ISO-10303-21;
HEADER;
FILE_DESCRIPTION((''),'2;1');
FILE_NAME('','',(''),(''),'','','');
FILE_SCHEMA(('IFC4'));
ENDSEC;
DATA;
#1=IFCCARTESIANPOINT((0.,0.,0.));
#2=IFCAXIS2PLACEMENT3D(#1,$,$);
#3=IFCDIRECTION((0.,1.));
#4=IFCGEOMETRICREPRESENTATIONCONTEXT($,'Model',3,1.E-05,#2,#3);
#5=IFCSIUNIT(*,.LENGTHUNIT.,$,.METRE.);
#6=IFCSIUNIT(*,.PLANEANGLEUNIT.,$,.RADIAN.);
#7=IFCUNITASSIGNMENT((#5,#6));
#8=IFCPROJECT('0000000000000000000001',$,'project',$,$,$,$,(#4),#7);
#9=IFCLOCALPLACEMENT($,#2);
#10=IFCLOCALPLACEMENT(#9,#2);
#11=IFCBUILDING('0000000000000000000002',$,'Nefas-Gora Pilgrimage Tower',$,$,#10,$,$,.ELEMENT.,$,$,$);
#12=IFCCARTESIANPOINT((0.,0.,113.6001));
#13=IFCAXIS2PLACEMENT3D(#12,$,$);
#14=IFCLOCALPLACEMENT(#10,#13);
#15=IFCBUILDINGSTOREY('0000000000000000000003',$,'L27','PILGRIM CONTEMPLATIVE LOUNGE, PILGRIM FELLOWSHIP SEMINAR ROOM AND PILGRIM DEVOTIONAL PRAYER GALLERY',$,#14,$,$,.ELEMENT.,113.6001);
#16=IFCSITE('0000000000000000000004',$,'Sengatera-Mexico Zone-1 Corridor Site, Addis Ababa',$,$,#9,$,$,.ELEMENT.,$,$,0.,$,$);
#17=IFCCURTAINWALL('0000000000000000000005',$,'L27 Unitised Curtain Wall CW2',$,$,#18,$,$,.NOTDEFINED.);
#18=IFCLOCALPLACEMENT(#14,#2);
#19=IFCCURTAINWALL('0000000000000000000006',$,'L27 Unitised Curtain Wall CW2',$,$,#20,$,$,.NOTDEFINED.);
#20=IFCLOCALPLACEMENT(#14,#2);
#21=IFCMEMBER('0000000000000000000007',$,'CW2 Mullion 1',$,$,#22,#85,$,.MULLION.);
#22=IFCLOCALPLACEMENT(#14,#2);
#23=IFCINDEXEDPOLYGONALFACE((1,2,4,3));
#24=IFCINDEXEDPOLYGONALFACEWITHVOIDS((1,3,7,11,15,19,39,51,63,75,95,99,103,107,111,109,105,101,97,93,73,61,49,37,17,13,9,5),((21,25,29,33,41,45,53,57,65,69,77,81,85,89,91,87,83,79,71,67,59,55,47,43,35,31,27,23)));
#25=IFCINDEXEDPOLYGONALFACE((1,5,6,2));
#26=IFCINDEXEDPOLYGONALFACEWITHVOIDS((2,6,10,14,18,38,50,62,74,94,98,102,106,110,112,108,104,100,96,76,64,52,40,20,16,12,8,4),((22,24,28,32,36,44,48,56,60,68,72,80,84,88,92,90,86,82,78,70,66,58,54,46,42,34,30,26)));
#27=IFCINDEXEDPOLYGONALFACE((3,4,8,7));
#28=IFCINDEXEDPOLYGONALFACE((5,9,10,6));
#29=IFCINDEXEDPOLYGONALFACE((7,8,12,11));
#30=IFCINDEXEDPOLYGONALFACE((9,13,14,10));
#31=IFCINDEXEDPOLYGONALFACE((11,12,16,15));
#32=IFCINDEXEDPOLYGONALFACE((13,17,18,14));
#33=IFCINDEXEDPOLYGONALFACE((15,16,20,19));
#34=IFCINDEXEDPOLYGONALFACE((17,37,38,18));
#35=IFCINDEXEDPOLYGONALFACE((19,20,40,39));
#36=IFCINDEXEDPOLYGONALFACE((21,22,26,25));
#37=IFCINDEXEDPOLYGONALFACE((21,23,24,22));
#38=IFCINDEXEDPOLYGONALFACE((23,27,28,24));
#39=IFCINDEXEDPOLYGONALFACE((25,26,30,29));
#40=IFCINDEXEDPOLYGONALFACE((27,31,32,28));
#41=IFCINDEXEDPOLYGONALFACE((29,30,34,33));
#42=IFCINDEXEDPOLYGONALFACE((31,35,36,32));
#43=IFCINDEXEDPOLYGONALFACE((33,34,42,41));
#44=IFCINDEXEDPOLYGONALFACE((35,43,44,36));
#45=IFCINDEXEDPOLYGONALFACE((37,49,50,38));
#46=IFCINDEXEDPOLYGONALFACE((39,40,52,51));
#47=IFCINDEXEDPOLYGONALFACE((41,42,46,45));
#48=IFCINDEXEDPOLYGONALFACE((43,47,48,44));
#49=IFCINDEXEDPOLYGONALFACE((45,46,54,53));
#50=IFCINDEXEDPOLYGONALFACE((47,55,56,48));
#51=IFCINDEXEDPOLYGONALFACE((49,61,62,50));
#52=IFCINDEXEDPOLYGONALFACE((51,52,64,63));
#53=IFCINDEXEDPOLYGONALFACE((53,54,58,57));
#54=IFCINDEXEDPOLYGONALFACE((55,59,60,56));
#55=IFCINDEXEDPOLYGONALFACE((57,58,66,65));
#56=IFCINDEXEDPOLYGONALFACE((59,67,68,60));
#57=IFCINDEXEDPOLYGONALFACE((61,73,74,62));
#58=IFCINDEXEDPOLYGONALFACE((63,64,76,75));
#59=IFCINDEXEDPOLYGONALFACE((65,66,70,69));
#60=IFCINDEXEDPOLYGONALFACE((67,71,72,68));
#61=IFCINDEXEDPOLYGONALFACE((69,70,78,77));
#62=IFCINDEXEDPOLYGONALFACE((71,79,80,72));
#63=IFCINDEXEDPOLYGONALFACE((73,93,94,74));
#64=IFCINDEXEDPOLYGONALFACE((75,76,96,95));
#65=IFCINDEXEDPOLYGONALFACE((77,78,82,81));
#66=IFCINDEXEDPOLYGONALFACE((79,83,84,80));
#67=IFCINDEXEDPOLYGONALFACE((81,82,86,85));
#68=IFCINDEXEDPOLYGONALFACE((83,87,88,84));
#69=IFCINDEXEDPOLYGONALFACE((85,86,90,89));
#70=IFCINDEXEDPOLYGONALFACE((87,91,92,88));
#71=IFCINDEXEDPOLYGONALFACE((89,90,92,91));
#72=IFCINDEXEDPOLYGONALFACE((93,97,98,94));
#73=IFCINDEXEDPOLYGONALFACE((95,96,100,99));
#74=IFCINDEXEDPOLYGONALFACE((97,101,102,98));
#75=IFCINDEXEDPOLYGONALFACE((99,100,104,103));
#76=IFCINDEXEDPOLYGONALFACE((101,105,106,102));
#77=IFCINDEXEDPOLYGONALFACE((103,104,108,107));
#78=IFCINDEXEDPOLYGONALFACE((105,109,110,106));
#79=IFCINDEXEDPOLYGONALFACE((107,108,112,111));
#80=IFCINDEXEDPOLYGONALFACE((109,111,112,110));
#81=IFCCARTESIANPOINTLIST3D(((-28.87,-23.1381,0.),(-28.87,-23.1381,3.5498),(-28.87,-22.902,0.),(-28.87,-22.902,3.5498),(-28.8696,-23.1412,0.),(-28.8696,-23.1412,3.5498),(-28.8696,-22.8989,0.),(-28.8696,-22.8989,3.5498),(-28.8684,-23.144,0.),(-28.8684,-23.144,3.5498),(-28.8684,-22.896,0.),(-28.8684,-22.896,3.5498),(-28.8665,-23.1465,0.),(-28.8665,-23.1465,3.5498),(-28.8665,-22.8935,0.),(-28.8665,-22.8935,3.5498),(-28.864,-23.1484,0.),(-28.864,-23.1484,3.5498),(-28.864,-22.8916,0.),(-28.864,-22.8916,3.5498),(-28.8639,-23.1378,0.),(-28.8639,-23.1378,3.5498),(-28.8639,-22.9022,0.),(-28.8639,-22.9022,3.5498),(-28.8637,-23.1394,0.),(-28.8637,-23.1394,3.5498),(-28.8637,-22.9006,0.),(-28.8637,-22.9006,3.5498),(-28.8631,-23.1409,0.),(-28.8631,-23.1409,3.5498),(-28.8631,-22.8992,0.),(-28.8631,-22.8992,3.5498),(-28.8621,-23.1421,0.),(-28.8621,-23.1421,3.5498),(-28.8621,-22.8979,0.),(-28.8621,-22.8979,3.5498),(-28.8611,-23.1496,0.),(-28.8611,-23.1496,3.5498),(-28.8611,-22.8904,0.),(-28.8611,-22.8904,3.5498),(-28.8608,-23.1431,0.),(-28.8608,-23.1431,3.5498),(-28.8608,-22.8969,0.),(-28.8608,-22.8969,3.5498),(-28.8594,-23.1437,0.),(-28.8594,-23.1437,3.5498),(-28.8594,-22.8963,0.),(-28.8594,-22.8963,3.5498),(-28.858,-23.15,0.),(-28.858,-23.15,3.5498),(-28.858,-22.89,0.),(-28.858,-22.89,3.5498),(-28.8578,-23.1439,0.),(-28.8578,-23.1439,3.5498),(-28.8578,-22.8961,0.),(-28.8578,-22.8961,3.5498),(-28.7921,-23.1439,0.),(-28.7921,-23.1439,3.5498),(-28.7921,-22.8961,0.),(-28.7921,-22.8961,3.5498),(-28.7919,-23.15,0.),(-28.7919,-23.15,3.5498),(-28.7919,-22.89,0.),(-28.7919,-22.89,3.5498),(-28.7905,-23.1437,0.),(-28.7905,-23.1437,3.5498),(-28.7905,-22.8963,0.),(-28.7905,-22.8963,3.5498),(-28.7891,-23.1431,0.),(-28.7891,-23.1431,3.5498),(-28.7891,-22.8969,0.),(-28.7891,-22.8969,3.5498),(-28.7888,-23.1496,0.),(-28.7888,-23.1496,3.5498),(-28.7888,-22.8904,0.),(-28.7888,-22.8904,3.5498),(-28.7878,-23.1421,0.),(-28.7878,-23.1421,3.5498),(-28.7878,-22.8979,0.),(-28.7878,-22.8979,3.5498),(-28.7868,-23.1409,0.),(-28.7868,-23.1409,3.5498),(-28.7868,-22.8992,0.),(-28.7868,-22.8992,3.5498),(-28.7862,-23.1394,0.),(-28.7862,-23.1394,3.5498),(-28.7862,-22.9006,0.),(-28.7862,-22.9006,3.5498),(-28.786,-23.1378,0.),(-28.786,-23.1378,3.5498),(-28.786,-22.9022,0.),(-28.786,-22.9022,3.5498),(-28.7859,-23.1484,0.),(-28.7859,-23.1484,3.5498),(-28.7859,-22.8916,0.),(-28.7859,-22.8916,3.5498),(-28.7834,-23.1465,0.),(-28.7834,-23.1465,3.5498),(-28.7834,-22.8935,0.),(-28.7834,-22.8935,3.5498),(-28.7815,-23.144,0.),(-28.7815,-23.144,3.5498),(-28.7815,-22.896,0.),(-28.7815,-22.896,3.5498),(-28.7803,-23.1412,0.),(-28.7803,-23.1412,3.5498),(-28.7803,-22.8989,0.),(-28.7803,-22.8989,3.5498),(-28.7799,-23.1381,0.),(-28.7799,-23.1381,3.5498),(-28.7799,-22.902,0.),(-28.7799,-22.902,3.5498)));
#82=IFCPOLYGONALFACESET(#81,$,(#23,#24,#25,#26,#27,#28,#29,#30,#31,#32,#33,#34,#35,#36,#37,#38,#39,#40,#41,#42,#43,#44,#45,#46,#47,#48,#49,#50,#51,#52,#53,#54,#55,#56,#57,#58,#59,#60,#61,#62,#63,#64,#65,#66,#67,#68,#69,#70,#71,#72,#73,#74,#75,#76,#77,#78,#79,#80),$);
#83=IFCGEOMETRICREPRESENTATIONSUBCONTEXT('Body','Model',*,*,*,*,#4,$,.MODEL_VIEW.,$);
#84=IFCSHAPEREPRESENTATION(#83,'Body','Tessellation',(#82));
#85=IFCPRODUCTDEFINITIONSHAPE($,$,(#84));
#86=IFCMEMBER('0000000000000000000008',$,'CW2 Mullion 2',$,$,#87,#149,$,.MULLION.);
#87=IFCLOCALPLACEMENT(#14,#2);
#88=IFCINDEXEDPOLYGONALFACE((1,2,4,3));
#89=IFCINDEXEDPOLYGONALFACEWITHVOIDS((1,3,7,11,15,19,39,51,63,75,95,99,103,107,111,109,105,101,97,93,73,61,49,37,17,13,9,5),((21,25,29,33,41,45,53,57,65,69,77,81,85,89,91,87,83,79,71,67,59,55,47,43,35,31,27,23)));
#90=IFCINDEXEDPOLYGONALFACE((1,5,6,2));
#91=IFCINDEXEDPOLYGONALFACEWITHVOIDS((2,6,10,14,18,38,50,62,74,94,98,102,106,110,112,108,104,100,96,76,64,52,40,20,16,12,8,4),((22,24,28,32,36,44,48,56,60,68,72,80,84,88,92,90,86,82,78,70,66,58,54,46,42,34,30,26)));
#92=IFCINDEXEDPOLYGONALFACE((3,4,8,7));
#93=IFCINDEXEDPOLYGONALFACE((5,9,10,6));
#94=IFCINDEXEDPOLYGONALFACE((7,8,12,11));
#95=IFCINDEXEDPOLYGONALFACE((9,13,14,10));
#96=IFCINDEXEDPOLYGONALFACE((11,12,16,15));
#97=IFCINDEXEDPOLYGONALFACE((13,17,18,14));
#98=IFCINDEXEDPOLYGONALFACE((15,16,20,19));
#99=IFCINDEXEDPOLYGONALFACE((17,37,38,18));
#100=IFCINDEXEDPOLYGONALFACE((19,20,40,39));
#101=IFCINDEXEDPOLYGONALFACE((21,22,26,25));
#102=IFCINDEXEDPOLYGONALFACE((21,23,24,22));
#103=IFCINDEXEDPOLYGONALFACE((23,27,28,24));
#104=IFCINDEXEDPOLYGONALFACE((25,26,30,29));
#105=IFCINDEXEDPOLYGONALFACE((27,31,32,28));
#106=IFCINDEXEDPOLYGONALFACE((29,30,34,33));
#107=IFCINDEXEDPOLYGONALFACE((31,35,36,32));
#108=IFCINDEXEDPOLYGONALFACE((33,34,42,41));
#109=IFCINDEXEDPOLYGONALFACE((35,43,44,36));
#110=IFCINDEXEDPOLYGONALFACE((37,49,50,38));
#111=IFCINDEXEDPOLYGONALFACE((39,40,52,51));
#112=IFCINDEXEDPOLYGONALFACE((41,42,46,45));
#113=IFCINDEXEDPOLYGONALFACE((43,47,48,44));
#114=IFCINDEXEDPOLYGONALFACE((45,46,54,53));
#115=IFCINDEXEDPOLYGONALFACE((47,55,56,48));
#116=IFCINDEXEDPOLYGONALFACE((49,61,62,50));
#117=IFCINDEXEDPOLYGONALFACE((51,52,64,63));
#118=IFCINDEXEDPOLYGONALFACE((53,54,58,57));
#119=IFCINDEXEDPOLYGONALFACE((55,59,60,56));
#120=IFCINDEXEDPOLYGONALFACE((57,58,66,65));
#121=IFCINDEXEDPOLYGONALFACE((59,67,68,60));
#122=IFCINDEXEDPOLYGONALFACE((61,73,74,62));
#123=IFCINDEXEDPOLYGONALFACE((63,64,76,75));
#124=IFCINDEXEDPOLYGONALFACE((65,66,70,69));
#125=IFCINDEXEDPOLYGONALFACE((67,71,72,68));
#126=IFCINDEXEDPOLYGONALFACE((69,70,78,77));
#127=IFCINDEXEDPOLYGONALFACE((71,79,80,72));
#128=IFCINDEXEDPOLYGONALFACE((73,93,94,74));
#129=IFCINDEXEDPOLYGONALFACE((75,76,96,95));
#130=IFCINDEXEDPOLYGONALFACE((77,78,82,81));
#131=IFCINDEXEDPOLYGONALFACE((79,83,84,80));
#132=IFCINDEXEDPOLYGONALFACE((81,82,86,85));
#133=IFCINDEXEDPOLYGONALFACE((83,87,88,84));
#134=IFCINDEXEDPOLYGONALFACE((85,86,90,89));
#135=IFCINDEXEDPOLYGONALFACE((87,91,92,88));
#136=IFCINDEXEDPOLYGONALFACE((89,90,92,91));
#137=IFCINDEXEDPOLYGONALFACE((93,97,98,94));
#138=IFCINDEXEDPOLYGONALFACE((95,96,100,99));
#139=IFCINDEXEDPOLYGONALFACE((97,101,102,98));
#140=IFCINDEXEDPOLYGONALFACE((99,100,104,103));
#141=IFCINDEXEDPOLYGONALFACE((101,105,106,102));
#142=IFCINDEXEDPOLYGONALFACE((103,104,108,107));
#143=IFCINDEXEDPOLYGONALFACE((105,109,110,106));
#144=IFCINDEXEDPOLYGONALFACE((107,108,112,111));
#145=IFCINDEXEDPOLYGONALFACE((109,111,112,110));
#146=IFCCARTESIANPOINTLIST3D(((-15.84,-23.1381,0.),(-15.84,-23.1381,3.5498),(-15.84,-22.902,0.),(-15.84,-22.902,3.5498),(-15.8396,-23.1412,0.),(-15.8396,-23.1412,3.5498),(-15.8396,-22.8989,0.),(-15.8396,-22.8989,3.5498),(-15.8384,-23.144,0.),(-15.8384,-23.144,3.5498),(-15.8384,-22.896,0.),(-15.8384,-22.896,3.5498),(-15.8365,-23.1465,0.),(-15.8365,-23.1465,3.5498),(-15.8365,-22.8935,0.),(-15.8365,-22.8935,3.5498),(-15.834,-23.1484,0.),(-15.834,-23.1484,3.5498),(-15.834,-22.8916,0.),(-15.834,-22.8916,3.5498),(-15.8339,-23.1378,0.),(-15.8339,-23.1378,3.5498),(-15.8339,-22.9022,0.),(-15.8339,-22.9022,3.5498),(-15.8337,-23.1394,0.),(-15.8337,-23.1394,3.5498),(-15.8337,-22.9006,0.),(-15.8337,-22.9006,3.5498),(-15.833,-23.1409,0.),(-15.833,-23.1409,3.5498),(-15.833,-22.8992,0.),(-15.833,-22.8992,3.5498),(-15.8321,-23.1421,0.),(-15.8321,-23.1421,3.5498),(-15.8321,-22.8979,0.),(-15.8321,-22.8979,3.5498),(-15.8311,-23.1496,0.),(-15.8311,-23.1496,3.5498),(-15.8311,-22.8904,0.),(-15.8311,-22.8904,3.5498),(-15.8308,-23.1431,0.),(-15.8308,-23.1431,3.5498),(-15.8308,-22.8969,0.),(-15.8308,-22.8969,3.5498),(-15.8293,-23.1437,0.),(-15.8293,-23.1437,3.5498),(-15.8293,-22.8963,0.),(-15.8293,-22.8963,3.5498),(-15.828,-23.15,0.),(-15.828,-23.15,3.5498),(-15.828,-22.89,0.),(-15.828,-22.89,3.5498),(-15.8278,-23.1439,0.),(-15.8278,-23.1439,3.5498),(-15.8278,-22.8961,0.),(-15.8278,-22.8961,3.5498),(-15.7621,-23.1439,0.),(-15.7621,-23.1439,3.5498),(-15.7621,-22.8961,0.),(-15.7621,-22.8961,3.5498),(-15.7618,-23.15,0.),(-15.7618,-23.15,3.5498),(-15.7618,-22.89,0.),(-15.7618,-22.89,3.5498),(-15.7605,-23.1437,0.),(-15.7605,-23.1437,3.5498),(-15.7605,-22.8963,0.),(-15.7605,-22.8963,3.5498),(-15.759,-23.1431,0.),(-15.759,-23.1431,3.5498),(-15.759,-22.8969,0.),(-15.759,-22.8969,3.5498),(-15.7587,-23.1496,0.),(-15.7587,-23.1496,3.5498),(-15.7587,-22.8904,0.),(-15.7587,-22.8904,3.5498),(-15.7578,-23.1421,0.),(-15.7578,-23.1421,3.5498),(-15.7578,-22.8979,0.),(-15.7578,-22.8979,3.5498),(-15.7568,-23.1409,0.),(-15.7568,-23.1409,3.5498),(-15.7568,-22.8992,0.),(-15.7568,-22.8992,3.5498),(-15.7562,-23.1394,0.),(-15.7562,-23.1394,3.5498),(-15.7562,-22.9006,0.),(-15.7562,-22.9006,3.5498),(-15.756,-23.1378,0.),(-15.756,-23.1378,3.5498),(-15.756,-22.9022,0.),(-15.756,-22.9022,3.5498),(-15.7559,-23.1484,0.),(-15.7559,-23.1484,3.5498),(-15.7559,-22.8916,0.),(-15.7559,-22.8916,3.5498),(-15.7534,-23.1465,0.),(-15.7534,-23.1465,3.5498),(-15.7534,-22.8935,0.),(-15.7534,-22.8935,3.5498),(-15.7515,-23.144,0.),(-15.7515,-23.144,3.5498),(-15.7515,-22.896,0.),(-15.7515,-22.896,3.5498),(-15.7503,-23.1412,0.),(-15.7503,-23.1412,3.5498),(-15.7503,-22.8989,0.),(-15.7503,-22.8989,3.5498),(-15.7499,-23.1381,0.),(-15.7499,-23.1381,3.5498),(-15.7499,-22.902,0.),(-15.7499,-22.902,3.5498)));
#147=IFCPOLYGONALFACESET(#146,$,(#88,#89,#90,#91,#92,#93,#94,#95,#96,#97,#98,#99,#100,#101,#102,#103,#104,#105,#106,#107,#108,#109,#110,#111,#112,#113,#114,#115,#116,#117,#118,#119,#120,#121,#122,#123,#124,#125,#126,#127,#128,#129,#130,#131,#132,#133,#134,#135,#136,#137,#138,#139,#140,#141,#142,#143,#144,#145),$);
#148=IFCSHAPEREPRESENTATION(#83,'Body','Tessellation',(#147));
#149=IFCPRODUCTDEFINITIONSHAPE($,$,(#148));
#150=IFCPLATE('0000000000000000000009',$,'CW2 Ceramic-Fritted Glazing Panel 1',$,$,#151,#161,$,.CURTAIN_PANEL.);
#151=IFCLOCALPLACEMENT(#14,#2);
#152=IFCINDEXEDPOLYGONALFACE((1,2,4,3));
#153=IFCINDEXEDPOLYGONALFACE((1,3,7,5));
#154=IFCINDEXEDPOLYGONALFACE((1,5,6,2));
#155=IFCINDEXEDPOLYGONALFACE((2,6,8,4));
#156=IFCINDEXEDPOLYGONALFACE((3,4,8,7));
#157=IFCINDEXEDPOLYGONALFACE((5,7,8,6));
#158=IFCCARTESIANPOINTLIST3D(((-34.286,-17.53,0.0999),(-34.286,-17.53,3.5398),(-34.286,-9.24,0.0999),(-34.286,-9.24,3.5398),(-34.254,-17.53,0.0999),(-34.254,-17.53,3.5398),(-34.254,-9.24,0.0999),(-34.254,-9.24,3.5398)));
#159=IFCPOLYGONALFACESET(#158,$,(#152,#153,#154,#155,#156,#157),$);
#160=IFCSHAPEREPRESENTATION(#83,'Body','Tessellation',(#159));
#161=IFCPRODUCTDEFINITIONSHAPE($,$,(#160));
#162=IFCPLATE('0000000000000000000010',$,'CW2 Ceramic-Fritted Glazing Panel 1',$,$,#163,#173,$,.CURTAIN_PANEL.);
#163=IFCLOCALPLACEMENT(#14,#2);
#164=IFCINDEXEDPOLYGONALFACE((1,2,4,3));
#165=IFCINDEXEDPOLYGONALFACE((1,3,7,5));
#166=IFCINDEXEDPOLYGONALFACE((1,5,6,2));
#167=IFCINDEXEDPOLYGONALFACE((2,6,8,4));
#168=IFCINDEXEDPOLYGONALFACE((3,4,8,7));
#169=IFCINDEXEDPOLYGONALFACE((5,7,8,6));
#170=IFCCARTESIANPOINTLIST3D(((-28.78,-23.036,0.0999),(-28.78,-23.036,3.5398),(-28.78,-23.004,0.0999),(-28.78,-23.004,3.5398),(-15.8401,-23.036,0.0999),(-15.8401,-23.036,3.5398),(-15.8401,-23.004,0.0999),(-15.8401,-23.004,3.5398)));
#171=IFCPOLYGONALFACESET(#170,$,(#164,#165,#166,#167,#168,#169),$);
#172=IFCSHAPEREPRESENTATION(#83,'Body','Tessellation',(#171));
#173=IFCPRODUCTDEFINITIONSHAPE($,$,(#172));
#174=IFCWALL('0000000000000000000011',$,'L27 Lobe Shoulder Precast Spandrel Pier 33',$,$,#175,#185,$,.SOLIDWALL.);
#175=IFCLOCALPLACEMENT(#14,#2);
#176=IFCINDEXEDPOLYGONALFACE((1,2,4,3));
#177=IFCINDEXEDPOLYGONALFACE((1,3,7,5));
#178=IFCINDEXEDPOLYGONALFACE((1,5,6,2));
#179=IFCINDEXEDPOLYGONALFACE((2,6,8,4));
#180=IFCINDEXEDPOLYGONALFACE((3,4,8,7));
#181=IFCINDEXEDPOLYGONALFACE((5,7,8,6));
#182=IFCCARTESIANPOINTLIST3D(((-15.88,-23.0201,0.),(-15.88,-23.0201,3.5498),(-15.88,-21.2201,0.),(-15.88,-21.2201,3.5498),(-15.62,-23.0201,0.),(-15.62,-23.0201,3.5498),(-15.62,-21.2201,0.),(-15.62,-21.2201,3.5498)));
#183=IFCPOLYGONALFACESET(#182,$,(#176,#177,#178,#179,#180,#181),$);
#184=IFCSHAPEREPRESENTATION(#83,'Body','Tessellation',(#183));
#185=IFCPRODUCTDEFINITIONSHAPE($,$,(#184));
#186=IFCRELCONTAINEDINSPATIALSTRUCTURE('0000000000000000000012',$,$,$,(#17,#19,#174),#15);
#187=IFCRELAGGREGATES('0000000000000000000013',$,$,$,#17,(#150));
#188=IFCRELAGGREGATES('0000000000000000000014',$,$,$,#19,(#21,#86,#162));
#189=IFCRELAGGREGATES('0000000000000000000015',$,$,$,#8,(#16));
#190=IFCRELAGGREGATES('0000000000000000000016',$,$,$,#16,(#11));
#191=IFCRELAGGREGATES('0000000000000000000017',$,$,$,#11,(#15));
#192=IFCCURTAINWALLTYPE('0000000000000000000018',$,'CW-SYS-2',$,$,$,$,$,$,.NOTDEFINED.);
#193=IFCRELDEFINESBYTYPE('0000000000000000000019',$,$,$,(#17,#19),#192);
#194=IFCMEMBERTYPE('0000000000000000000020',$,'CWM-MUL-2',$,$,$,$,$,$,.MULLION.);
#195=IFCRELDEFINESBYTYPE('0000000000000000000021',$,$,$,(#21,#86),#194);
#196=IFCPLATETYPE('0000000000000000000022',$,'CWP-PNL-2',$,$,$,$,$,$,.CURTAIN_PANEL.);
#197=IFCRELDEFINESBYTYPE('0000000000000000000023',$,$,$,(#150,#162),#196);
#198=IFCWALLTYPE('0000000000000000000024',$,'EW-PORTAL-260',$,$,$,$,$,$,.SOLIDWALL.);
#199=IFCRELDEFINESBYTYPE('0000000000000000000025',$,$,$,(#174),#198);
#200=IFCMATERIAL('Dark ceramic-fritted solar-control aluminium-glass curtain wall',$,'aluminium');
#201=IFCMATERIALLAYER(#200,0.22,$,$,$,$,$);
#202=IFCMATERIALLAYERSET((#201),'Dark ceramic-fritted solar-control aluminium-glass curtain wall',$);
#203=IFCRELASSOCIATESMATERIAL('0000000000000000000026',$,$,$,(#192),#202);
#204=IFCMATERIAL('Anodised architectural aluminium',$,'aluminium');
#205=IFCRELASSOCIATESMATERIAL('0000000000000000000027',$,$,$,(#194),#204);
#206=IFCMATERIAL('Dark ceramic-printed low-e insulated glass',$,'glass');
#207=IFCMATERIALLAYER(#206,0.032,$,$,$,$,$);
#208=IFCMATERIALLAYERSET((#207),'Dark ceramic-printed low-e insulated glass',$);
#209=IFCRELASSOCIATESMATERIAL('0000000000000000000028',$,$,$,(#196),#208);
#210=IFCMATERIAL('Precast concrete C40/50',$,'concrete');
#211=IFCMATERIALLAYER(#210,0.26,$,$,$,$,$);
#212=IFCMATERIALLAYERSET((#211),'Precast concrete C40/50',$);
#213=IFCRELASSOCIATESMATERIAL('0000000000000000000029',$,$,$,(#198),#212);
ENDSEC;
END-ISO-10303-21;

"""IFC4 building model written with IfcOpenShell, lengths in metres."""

from ifc_helpers import new_model, si_unit, direction, frame, frame_2d, origin, origin_2d, place, context, subcontext, project, spatial, rectangle, hollow_rectangle, extrude, source, transform, mapped, material, layer, layer_set, material_profile, profile_set, type_object, element, aggregate, save


model = new_model("IFC4")

# Units and contexts
model_context = context("Model", 3, precision=1e-05, world=origin(), true_north=direction((0.0, 1.0)))
body_context = subcontext(model_context, "Body", "Model", "MODEL_VIEW")
ifc_project = project(units=[si_unit("LENGTHUNIT", "METRE"), si_unit("PLANEANGLEUNIT", "RADIAN")], contexts=[model_context])

# Site, building, storey
site_placement = place(None, origin())
site = spatial("IfcSite", under=ifc_project, at=site_placement, Name="Sengatera-Mexico Zone-1 Corridor Site, Addis Ababa", CompositionType="ELEMENT", RefElevation=0.0)
building_placement = place(site_placement, origin())
building = spatial("IfcBuilding", under=site, at=building_placement, Name="Nefas-Gora Pilgrimage Tower", CompositionType="ELEMENT")
storey_placement = place(building_placement, frame((0.0, 0.0, 113.6001)))
storey = spatial("IfcBuildingStorey", under=building, at=storey_placement, Name="L27", Description="PILGRIM CONTEMPLATIVE LOUNGE, PILGRIM FELLOWSHIP SEMINAR ROOM AND PILGRIM DEVOTIONAL PRAYER GALLERY", CompositionType="ELEMENT", Elevation=113.6001)

# Curtain walls
ifc_material_1 = material(Name="Dark ceramic-fritted solar-control aluminium-glass curtain wall", Category="aluminium")
ifc_material_2 = material(Name="Anodised architectural aluminium", Category="aluminium")
ifc_layer_1 = layer(ifc_material_1, 0.22)
ifc_layer_set_1 = layer_set([ifc_layer_1], Name="Dark ceramic-fritted solar-control aluminium-glass curtain wall")
curtain_wall_type_1 = type_object("IfcCurtainWallType", Name="CW-SYS-2", PredefinedType="NOTDEFINED", material=ifc_layer_set_1)
curtain_wall_1_placement = place(storey_placement, origin())
curtain_wall_1 = element("IfcCurtainWall", 1, at=curtain_wall_1_placement, inside=storey, type_object=curtain_wall_type_1, Name="L27 Unitised Curtain Wall CW2", PredefinedType="NOTDEFINED")
curtain_wall_2_placement = place(storey_placement, origin())
curtain_wall_2 = element("IfcCurtainWall", 2, at=curtain_wall_2_placement, inside=storey, type_object=curtain_wall_type_1, Name="L27 Unitised Curtain Wall CW2", PredefinedType="NOTDEFINED")

# Members
ifc_material_profile_1 = material_profile(ifc_material_2, hollow_rectangle(XDim=0.0901, YDim=0.26, WallThickness=0.0061, InnerFilletRadius=0.0061, OuterFilletRadius=0.012, at=origin_2d()), Name="ALU MULLION 90x260")
ifc_profile_set_1 = profile_set([ifc_material_profile_1], Name="Anodised architectural aluminium")
member_type_1 = type_object("IfcMemberType", Name="CWM-MUL-2", PredefinedType="MULLION", material=ifc_profile_set_1)
shared_shape_1 = source(origin(), body_context, "Body", "SweptSolid", [
    extrude(hollow_rectangle(XDim=0.0901, YDim=0.26, WallThickness=0.0061, InnerFilletRadius=0.0061, OuterFilletRadius=0.012, at=origin_2d()), origin(), (0.0, 0.0, 1.0), 3.5498),
])
member_1_placement = place(storey_placement, frame((-28.825, -23.02, 0.0), z_axis=(0.0, 0.0, 1.0), x_axis=(1.0, 0.0, 0.0)))
member_1 = element("IfcMember", 3, at=member_1_placement, type_object=member_type_1, Name="CW2 Mullion 1", PredefinedType="MULLION", context=body_context, shape_type="MappedRepresentation", body=[
    mapped(shared_shape_1, transform((0.0, 0.0, 0.0), x_axis=(1.0, 0.0, 0.0), y_axis=(0.0, 1.0, 0.0), z_axis=(0.0, 0.0, 1.0), scale=1.0)),
])
member_2_placement = place(storey_placement, frame((-15.7949, -23.02, 0.0), z_axis=(0.0, 0.0, 1.0), x_axis=(1.0, 0.0, 0.0)))
member_2 = element("IfcMember", 4, at=member_2_placement, type_object=member_type_1, Name="CW2 Mullion 2", PredefinedType="MULLION", context=body_context, shape_type="MappedRepresentation", body=[
    mapped(shared_shape_1, transform((0.0, 0.0, 0.0), x_axis=(1.0, 0.0, 0.0), y_axis=(0.0, 1.0, 0.0), z_axis=(0.0, 0.0, 1.0), scale=1.0)),
])

# Plates
ifc_material_3 = material(Name="Dark ceramic-printed low-e insulated glass", Category="glass")
ifc_layer_2 = layer(ifc_material_3, 0.032)
ifc_layer_set_2 = layer_set([ifc_layer_2], Name="Dark ceramic-printed low-e insulated glass")
plate_type = type_object("IfcPlateType", Name="CWP-PNL-2", PredefinedType="CURTAIN_PANEL", material=ifc_layer_set_2)
shared_shape_2 = source(origin(), body_context, "Body", "SweptSolid", [
    extrude(rectangle(XDim=8.29, YDim=0.032, at=origin_2d()), origin(), (0.0, 0.0, 1.0), 3.4399),
])
plate_1_placement = place(storey_placement, frame((-34.27, -13.385, 0.0999), z_axis=(0.0, 0.0, 1.0), x_axis=(0.0, -1.0, 0.0)))
plate_1 = element("IfcPlate", 5, at=plate_1_placement, type_object=plate_type, Name="CW2 Ceramic-Fritted Glazing Panel 1", PredefinedType="CURTAIN_PANEL", context=body_context, shape_type="MappedRepresentation", body=[
    mapped(shared_shape_2, transform((0.0, 0.0, 0.0), x_axis=(1.0, 0.0, 0.0), y_axis=(0.0, 1.0, 0.0), z_axis=(0.0, 0.0, 1.0), scale=1.0)),
])
aggregate(curtain_wall_1, [plate_1])
shared_shape_3 = source(origin(), body_context, "Body", "SweptSolid", [
    extrude(rectangle(XDim=12.9399, YDim=0.032, at=origin_2d()), origin(), (0.0, 0.0, 1.0), 3.4399),
])
plate_2_placement = place(storey_placement, frame((-22.3101, -23.02, 0.0999), z_axis=(0.0, 0.0, 1.0), x_axis=(1.0, 0.0, 0.0)))
plate_2 = element("IfcPlate", 6, at=plate_2_placement, type_object=plate_type, Name="CW2 Ceramic-Fritted Glazing Panel 1", PredefinedType="CURTAIN_PANEL", context=body_context, shape_type="MappedRepresentation", body=[
    mapped(shared_shape_3, transform((0.0, 0.0, 0.0), x_axis=(1.0, 0.0, 0.0), y_axis=(0.0, 1.0, 0.0), z_axis=(0.0, 0.0, 1.0), scale=1.0)),
])
aggregate(curtain_wall_2, [member_1, member_2, plate_2])

# Wall
ifc_material_4 = material(Name="Precast concrete C40/50", Category="concrete")
ifc_layer_3 = layer(ifc_material_4, 0.26)
ifc_layer_set_3 = layer_set([ifc_layer_3], Name="Precast concrete C40/50")
wall_type_1 = type_object("IfcWallType", Name="EW-PORTAL-260", PredefinedType="SOLIDWALL", material=ifc_layer_set_3)
shared_shape_4 = source(origin(), body_context, "Body", "SweptSolid", [
    extrude(rectangle(XDim=1.8, YDim=0.26, at=frame_2d((0.8999, 0.0))), origin(), (0.0, 0.0, 1.0), 3.5498),
])
wall_1_placement = place(storey_placement, frame((-15.75, -23.02, 0.0), z_axis=(0.0, 0.0, 1.0), x_axis=(0.0, 1.0, 0.0)))
element("IfcWall", 7, at=wall_1_placement, inside=storey, type_object=wall_type_1, Name="L27 Lobe Shoulder Precast Spandrel Pier 33", PredefinedType="SOLIDWALL", context=body_context, shape_type="MappedRepresentation", body=[
    mapped(shared_shape_4, transform((0.0, 0.0, 0.0), x_axis=(1.0, 0.0, 0.0), y_axis=(0.0, 1.0, 0.0), z_axis=(0.0, 0.0, 1.0), scale=1.0)),
])

save(model, "model.ifc")
